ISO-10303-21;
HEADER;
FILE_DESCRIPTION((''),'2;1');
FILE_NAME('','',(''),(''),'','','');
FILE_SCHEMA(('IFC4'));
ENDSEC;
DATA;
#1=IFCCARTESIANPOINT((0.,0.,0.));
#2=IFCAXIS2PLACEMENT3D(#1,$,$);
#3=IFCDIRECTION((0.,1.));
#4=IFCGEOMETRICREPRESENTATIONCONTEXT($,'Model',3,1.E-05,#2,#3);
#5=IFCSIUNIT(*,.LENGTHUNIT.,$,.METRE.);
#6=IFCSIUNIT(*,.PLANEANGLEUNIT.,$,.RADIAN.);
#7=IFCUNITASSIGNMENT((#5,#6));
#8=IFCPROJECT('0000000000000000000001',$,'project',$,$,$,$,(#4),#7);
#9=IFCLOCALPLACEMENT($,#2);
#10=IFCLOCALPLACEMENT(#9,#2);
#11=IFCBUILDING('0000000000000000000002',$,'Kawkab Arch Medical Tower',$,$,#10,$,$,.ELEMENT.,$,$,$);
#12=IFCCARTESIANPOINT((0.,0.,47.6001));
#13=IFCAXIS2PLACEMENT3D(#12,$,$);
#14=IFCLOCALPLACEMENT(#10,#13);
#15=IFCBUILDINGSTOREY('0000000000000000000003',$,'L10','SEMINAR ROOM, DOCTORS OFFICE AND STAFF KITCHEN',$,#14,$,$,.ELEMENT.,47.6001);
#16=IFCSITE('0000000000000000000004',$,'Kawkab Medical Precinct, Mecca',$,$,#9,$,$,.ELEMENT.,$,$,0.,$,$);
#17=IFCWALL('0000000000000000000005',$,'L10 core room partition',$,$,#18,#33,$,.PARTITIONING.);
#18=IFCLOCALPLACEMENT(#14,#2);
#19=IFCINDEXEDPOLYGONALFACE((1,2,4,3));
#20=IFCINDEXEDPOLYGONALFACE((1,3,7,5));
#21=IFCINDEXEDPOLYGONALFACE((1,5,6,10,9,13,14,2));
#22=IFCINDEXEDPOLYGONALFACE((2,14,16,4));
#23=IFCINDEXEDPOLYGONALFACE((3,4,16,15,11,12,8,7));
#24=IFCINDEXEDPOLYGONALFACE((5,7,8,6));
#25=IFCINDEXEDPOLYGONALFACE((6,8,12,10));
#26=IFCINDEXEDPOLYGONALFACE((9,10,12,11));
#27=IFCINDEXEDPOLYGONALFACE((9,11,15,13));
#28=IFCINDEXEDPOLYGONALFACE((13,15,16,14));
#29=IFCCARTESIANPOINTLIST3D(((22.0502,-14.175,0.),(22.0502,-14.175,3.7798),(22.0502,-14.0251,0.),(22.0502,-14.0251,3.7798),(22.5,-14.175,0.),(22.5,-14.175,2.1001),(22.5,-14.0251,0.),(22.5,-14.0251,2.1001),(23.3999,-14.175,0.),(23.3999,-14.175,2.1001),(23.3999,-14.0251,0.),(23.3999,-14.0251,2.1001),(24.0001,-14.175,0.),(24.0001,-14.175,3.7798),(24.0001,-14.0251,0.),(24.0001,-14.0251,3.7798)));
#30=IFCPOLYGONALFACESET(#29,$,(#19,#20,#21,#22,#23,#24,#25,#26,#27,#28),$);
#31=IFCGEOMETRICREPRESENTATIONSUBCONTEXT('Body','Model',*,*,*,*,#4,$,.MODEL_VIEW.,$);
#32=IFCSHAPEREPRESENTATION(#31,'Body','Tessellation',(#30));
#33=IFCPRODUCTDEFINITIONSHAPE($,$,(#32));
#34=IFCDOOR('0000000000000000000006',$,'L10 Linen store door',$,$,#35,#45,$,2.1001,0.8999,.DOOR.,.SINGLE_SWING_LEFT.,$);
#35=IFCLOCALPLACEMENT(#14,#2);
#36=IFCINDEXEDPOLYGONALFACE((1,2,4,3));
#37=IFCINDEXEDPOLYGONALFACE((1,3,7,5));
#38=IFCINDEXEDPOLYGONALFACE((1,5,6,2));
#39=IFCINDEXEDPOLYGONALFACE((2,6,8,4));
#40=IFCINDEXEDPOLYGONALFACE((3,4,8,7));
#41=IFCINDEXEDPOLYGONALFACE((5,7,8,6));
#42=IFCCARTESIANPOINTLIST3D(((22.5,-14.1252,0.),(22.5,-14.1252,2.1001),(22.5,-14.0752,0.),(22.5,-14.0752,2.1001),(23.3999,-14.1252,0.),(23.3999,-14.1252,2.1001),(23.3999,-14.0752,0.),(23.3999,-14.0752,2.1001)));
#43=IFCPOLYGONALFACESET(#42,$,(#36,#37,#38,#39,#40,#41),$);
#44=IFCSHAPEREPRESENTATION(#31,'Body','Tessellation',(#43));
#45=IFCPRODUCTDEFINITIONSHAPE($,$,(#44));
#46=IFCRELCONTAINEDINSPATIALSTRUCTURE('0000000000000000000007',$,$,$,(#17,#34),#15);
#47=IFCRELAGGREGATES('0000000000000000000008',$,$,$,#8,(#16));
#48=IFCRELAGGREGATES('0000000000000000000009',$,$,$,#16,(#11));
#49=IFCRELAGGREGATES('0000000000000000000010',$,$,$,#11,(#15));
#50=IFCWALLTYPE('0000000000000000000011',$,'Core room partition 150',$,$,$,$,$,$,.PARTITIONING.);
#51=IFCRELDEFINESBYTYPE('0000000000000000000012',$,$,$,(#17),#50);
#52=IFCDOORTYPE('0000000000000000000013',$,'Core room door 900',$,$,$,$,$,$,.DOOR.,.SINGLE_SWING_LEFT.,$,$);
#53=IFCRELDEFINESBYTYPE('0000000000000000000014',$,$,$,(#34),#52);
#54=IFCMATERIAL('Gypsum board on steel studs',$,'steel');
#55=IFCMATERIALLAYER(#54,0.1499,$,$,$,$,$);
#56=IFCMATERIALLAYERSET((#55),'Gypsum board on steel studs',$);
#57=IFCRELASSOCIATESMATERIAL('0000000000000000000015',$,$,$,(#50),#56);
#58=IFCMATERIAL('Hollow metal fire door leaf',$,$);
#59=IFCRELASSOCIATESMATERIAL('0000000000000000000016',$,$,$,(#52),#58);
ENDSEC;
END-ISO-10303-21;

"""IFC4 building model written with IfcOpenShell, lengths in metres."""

from ifc_helpers import new_model, si_unit, direction, frame, frame_2d, origin, place, context, subcontext, project, spatial, rectangle, extrude, material, layer, layer_set, type_object, element, fill, save


model = new_model("IFC4")

# Units and contexts
model_context = context("Model", 3, precision=1e-05, world=origin(), true_north=direction((0.0, 1.0)))
body_context = subcontext(model_context, "Body", "Model", "MODEL_VIEW")
ifc_project = project(units=[si_unit("LENGTHUNIT", "METRE"), si_unit("PLANEANGLEUNIT", "RADIAN")], contexts=[model_context])

# Site, building, storey
site_placement = place(None, origin())
site = spatial("IfcSite", under=ifc_project, at=site_placement, Name="Kawkab Medical Precinct, Mecca", CompositionType="ELEMENT", RefElevation=0.0)
building_placement = place(site_placement, origin())
building = spatial("IfcBuilding", under=site, at=building_placement, Name="Kawkab Arch Medical Tower", CompositionType="ELEMENT")
storey_placement = place(building_placement, frame((0.0, 0.0, 47.6001)))
storey = spatial("IfcBuildingStorey", under=building, at=storey_placement, Name="L10", Description="SEMINAR ROOM, DOCTORS OFFICE AND STAFF KITCHEN", CompositionType="ELEMENT", Elevation=47.6001)

# Wall, opening, door
ifc_material_1 = material(Name="Gypsum board on steel studs", Category="steel")
ifc_layer_1 = layer(ifc_material_1, 0.1499)
ifc_layer_set_1 = layer_set([ifc_layer_1], Name="Gypsum board on steel studs")
wall_type_1 = type_object("IfcWallType", Name="Core room partition 150", PredefinedType="PARTITIONING", material=ifc_layer_set_1)
wall_1_placement = place(storey_placement, frame((22.05, -14.1001, 0.0), z_axis=(0.0, 0.0, 1.0), x_axis=(1.0, 0.0, 0.0)))
wall_1 = element("IfcWall", 1, at=wall_1_placement, inside=storey, type_object=wall_type_1, Name="L10 core room partition", PredefinedType="PARTITIONING", context=body_context, shape_type="SweptSolid", body=[
    extrude(rectangle(XDim=1.95, YDim=0.1499, at=frame_2d((0.9751, 0.0))), origin(), (0.0, 0.0, 1.0), 3.7798),
])
opening_1_placement = place(wall_1_placement, frame((0.45, 0.0, 0.0)))
opening_1 = element("IfcOpeningElement", 2, at=opening_1_placement, cuts=wall_1, PredefinedType="OPENING", context=body_context, shape_type="SweptSolid", body=[
    extrude(rectangle(XDim=0.8999, YDim=2.1001, at=frame_2d((0.45, 1.05))), frame((0.0, 0.085, 0.0), z_axis=(0.0, -1.0, 0.0), x_axis=(1.0, 0.0, 0.0)), (0.0, 0.0, 1.0), 0.1699),
])
ifc_material_2 = material(Name="Hollow metal fire door leaf")
door_type = type_object("IfcDoorType", Name="Core room door 900", OperationType="SINGLE_SWING_LEFT", PredefinedType="DOOR", material=ifc_material_2)
door_1_placement = place(opening_1_placement, origin())
door_1 = element("IfcDoor", 3, at=door_1_placement, inside=storey, type_object=door_type, Name="L10 Linen store door", OperationType="SINGLE_SWING_LEFT", OverallHeight=2.1001, OverallWidth=0.8999, PredefinedType="DOOR", context=body_context, shape_type="SweptSolid", body=[
    extrude(rectangle(XDim=0.8999, YDim=2.1001, at=frame_2d((0.45, 1.05))), frame((0.0, 0.0249, 0.0), z_axis=(0.0, -1.0, 0.0), x_axis=(1.0, 0.0, 0.0)), (0.0, 0.0, 1.0), 0.05),
])
fill(opening_1, door_1)

save(model, "model.ifc")
